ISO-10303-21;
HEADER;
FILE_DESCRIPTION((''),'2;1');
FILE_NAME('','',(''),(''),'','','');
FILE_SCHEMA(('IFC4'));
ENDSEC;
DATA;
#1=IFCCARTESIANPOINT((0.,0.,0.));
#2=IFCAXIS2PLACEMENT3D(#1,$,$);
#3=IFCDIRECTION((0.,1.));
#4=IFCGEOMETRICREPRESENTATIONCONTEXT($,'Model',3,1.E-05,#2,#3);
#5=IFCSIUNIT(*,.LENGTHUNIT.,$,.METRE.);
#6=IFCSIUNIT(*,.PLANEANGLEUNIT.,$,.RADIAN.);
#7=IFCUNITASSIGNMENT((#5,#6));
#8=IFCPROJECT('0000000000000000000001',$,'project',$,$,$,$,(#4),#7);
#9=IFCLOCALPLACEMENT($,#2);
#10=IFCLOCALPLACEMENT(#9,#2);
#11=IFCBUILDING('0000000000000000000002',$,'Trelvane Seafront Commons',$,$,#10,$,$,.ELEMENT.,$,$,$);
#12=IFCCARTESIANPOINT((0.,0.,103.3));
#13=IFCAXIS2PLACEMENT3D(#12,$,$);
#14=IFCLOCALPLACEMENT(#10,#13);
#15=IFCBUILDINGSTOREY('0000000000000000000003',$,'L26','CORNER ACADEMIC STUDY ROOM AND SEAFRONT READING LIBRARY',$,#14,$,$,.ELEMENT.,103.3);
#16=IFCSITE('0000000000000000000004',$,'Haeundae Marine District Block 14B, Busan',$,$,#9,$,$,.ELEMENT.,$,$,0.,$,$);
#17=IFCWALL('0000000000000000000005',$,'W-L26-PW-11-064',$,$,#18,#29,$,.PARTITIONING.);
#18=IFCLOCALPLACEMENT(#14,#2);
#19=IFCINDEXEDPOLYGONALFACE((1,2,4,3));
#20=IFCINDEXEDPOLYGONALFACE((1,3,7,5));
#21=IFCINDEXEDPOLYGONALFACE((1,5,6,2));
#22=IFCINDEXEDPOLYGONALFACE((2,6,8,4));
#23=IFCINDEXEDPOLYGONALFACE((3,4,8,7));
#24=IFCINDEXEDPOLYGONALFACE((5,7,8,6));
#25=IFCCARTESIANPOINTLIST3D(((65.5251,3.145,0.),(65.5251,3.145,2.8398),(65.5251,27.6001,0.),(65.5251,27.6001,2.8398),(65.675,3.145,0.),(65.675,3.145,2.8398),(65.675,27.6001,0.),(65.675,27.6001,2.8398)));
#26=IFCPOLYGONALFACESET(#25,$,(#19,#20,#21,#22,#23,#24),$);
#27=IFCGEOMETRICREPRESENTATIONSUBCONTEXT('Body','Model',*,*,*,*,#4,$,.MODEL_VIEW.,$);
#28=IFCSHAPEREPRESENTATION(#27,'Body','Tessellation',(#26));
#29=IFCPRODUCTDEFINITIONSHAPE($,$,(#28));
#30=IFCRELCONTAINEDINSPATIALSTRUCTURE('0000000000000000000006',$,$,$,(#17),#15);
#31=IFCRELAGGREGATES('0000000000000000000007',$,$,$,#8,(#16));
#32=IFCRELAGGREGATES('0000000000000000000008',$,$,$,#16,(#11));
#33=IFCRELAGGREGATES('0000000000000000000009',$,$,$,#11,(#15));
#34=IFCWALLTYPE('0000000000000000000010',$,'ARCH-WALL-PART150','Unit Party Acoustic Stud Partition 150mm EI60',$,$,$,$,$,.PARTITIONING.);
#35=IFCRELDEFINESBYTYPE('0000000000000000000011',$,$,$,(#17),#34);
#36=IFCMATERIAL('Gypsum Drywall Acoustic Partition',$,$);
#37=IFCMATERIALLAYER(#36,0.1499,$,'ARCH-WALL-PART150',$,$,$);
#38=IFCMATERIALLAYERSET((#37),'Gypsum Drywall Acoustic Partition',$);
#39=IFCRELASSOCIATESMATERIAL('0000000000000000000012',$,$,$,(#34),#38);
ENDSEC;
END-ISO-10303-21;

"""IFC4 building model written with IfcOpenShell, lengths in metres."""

from ifc_helpers import new_model, si_unit, direction, frame, frame_2d, origin, place, context, subcontext, project, spatial, rectangle, extrude, material, layer, layer_set, type_object, element, save


model = new_model("IFC4")

# Units and contexts
model_context = context("Model", 3, precision=1e-05, world=origin(), true_north=direction((0.0, 1.0)))
body_context = subcontext(model_context, "Body", "Model", "MODEL_VIEW")
ifc_project = project(units=[si_unit("LENGTHUNIT", "METRE"), si_unit("PLANEANGLEUNIT", "RADIAN")], contexts=[model_context])

# Site, building, storey
site_placement = place(None, origin())
site = spatial("IfcSite", under=ifc_project, at=site_placement, Name="Haeundae Marine District Block 14B, Busan", CompositionType="ELEMENT", RefElevation=0.0)
building_placement = place(site_placement, origin())
building = spatial("IfcBuilding", under=site, at=building_placement, Name="Trelvane Seafront Commons", CompositionType="ELEMENT")
storey_placement = place(building_placement, frame((0.0, 0.0, 103.3)))
storey = spatial("IfcBuildingStorey", under=building, at=storey_placement, Name="L26", Description="CORNER ACADEMIC STUDY ROOM AND SEAFRONT READING LIBRARY", CompositionType="ELEMENT", Elevation=103.3)

# Wall
ifc_material_1 = material(Name="Gypsum Drywall Acoustic Partition")
ifc_layer_1 = layer(ifc_material_1, 0.1499, Name="ARCH-WALL-PART150")
ifc_layer_set_1 = layer_set([ifc_layer_1], Name="Gypsum Drywall Acoustic Partition")
wall_type_1 = type_object("IfcWallType", Name="ARCH-WALL-PART150", Description="Unit Party Acoustic Stud Partition 150mm EI60", PredefinedType="PARTITIONING", material=ifc_layer_set_1)
wall_1_placement = place(storey_placement, frame((65.6001, 3.145, 0.0), z_axis=(0.0, 0.0, 1.0), x_axis=(0.0, 1.0, 0.0)))
element("IfcWall", 1, at=wall_1_placement, inside=storey, type_object=wall_type_1, Name="W-L26-PW-11-064", PredefinedType="PARTITIONING", context=body_context, shape_type="SweptSolid", body=[
    extrude(rectangle(XDim=24.4551, YDim=0.1499, at=frame_2d((12.2275, 0.0))), origin(), (0.0, 0.0, 1.0), 2.8398),
])

save(model, "model.ifc")
